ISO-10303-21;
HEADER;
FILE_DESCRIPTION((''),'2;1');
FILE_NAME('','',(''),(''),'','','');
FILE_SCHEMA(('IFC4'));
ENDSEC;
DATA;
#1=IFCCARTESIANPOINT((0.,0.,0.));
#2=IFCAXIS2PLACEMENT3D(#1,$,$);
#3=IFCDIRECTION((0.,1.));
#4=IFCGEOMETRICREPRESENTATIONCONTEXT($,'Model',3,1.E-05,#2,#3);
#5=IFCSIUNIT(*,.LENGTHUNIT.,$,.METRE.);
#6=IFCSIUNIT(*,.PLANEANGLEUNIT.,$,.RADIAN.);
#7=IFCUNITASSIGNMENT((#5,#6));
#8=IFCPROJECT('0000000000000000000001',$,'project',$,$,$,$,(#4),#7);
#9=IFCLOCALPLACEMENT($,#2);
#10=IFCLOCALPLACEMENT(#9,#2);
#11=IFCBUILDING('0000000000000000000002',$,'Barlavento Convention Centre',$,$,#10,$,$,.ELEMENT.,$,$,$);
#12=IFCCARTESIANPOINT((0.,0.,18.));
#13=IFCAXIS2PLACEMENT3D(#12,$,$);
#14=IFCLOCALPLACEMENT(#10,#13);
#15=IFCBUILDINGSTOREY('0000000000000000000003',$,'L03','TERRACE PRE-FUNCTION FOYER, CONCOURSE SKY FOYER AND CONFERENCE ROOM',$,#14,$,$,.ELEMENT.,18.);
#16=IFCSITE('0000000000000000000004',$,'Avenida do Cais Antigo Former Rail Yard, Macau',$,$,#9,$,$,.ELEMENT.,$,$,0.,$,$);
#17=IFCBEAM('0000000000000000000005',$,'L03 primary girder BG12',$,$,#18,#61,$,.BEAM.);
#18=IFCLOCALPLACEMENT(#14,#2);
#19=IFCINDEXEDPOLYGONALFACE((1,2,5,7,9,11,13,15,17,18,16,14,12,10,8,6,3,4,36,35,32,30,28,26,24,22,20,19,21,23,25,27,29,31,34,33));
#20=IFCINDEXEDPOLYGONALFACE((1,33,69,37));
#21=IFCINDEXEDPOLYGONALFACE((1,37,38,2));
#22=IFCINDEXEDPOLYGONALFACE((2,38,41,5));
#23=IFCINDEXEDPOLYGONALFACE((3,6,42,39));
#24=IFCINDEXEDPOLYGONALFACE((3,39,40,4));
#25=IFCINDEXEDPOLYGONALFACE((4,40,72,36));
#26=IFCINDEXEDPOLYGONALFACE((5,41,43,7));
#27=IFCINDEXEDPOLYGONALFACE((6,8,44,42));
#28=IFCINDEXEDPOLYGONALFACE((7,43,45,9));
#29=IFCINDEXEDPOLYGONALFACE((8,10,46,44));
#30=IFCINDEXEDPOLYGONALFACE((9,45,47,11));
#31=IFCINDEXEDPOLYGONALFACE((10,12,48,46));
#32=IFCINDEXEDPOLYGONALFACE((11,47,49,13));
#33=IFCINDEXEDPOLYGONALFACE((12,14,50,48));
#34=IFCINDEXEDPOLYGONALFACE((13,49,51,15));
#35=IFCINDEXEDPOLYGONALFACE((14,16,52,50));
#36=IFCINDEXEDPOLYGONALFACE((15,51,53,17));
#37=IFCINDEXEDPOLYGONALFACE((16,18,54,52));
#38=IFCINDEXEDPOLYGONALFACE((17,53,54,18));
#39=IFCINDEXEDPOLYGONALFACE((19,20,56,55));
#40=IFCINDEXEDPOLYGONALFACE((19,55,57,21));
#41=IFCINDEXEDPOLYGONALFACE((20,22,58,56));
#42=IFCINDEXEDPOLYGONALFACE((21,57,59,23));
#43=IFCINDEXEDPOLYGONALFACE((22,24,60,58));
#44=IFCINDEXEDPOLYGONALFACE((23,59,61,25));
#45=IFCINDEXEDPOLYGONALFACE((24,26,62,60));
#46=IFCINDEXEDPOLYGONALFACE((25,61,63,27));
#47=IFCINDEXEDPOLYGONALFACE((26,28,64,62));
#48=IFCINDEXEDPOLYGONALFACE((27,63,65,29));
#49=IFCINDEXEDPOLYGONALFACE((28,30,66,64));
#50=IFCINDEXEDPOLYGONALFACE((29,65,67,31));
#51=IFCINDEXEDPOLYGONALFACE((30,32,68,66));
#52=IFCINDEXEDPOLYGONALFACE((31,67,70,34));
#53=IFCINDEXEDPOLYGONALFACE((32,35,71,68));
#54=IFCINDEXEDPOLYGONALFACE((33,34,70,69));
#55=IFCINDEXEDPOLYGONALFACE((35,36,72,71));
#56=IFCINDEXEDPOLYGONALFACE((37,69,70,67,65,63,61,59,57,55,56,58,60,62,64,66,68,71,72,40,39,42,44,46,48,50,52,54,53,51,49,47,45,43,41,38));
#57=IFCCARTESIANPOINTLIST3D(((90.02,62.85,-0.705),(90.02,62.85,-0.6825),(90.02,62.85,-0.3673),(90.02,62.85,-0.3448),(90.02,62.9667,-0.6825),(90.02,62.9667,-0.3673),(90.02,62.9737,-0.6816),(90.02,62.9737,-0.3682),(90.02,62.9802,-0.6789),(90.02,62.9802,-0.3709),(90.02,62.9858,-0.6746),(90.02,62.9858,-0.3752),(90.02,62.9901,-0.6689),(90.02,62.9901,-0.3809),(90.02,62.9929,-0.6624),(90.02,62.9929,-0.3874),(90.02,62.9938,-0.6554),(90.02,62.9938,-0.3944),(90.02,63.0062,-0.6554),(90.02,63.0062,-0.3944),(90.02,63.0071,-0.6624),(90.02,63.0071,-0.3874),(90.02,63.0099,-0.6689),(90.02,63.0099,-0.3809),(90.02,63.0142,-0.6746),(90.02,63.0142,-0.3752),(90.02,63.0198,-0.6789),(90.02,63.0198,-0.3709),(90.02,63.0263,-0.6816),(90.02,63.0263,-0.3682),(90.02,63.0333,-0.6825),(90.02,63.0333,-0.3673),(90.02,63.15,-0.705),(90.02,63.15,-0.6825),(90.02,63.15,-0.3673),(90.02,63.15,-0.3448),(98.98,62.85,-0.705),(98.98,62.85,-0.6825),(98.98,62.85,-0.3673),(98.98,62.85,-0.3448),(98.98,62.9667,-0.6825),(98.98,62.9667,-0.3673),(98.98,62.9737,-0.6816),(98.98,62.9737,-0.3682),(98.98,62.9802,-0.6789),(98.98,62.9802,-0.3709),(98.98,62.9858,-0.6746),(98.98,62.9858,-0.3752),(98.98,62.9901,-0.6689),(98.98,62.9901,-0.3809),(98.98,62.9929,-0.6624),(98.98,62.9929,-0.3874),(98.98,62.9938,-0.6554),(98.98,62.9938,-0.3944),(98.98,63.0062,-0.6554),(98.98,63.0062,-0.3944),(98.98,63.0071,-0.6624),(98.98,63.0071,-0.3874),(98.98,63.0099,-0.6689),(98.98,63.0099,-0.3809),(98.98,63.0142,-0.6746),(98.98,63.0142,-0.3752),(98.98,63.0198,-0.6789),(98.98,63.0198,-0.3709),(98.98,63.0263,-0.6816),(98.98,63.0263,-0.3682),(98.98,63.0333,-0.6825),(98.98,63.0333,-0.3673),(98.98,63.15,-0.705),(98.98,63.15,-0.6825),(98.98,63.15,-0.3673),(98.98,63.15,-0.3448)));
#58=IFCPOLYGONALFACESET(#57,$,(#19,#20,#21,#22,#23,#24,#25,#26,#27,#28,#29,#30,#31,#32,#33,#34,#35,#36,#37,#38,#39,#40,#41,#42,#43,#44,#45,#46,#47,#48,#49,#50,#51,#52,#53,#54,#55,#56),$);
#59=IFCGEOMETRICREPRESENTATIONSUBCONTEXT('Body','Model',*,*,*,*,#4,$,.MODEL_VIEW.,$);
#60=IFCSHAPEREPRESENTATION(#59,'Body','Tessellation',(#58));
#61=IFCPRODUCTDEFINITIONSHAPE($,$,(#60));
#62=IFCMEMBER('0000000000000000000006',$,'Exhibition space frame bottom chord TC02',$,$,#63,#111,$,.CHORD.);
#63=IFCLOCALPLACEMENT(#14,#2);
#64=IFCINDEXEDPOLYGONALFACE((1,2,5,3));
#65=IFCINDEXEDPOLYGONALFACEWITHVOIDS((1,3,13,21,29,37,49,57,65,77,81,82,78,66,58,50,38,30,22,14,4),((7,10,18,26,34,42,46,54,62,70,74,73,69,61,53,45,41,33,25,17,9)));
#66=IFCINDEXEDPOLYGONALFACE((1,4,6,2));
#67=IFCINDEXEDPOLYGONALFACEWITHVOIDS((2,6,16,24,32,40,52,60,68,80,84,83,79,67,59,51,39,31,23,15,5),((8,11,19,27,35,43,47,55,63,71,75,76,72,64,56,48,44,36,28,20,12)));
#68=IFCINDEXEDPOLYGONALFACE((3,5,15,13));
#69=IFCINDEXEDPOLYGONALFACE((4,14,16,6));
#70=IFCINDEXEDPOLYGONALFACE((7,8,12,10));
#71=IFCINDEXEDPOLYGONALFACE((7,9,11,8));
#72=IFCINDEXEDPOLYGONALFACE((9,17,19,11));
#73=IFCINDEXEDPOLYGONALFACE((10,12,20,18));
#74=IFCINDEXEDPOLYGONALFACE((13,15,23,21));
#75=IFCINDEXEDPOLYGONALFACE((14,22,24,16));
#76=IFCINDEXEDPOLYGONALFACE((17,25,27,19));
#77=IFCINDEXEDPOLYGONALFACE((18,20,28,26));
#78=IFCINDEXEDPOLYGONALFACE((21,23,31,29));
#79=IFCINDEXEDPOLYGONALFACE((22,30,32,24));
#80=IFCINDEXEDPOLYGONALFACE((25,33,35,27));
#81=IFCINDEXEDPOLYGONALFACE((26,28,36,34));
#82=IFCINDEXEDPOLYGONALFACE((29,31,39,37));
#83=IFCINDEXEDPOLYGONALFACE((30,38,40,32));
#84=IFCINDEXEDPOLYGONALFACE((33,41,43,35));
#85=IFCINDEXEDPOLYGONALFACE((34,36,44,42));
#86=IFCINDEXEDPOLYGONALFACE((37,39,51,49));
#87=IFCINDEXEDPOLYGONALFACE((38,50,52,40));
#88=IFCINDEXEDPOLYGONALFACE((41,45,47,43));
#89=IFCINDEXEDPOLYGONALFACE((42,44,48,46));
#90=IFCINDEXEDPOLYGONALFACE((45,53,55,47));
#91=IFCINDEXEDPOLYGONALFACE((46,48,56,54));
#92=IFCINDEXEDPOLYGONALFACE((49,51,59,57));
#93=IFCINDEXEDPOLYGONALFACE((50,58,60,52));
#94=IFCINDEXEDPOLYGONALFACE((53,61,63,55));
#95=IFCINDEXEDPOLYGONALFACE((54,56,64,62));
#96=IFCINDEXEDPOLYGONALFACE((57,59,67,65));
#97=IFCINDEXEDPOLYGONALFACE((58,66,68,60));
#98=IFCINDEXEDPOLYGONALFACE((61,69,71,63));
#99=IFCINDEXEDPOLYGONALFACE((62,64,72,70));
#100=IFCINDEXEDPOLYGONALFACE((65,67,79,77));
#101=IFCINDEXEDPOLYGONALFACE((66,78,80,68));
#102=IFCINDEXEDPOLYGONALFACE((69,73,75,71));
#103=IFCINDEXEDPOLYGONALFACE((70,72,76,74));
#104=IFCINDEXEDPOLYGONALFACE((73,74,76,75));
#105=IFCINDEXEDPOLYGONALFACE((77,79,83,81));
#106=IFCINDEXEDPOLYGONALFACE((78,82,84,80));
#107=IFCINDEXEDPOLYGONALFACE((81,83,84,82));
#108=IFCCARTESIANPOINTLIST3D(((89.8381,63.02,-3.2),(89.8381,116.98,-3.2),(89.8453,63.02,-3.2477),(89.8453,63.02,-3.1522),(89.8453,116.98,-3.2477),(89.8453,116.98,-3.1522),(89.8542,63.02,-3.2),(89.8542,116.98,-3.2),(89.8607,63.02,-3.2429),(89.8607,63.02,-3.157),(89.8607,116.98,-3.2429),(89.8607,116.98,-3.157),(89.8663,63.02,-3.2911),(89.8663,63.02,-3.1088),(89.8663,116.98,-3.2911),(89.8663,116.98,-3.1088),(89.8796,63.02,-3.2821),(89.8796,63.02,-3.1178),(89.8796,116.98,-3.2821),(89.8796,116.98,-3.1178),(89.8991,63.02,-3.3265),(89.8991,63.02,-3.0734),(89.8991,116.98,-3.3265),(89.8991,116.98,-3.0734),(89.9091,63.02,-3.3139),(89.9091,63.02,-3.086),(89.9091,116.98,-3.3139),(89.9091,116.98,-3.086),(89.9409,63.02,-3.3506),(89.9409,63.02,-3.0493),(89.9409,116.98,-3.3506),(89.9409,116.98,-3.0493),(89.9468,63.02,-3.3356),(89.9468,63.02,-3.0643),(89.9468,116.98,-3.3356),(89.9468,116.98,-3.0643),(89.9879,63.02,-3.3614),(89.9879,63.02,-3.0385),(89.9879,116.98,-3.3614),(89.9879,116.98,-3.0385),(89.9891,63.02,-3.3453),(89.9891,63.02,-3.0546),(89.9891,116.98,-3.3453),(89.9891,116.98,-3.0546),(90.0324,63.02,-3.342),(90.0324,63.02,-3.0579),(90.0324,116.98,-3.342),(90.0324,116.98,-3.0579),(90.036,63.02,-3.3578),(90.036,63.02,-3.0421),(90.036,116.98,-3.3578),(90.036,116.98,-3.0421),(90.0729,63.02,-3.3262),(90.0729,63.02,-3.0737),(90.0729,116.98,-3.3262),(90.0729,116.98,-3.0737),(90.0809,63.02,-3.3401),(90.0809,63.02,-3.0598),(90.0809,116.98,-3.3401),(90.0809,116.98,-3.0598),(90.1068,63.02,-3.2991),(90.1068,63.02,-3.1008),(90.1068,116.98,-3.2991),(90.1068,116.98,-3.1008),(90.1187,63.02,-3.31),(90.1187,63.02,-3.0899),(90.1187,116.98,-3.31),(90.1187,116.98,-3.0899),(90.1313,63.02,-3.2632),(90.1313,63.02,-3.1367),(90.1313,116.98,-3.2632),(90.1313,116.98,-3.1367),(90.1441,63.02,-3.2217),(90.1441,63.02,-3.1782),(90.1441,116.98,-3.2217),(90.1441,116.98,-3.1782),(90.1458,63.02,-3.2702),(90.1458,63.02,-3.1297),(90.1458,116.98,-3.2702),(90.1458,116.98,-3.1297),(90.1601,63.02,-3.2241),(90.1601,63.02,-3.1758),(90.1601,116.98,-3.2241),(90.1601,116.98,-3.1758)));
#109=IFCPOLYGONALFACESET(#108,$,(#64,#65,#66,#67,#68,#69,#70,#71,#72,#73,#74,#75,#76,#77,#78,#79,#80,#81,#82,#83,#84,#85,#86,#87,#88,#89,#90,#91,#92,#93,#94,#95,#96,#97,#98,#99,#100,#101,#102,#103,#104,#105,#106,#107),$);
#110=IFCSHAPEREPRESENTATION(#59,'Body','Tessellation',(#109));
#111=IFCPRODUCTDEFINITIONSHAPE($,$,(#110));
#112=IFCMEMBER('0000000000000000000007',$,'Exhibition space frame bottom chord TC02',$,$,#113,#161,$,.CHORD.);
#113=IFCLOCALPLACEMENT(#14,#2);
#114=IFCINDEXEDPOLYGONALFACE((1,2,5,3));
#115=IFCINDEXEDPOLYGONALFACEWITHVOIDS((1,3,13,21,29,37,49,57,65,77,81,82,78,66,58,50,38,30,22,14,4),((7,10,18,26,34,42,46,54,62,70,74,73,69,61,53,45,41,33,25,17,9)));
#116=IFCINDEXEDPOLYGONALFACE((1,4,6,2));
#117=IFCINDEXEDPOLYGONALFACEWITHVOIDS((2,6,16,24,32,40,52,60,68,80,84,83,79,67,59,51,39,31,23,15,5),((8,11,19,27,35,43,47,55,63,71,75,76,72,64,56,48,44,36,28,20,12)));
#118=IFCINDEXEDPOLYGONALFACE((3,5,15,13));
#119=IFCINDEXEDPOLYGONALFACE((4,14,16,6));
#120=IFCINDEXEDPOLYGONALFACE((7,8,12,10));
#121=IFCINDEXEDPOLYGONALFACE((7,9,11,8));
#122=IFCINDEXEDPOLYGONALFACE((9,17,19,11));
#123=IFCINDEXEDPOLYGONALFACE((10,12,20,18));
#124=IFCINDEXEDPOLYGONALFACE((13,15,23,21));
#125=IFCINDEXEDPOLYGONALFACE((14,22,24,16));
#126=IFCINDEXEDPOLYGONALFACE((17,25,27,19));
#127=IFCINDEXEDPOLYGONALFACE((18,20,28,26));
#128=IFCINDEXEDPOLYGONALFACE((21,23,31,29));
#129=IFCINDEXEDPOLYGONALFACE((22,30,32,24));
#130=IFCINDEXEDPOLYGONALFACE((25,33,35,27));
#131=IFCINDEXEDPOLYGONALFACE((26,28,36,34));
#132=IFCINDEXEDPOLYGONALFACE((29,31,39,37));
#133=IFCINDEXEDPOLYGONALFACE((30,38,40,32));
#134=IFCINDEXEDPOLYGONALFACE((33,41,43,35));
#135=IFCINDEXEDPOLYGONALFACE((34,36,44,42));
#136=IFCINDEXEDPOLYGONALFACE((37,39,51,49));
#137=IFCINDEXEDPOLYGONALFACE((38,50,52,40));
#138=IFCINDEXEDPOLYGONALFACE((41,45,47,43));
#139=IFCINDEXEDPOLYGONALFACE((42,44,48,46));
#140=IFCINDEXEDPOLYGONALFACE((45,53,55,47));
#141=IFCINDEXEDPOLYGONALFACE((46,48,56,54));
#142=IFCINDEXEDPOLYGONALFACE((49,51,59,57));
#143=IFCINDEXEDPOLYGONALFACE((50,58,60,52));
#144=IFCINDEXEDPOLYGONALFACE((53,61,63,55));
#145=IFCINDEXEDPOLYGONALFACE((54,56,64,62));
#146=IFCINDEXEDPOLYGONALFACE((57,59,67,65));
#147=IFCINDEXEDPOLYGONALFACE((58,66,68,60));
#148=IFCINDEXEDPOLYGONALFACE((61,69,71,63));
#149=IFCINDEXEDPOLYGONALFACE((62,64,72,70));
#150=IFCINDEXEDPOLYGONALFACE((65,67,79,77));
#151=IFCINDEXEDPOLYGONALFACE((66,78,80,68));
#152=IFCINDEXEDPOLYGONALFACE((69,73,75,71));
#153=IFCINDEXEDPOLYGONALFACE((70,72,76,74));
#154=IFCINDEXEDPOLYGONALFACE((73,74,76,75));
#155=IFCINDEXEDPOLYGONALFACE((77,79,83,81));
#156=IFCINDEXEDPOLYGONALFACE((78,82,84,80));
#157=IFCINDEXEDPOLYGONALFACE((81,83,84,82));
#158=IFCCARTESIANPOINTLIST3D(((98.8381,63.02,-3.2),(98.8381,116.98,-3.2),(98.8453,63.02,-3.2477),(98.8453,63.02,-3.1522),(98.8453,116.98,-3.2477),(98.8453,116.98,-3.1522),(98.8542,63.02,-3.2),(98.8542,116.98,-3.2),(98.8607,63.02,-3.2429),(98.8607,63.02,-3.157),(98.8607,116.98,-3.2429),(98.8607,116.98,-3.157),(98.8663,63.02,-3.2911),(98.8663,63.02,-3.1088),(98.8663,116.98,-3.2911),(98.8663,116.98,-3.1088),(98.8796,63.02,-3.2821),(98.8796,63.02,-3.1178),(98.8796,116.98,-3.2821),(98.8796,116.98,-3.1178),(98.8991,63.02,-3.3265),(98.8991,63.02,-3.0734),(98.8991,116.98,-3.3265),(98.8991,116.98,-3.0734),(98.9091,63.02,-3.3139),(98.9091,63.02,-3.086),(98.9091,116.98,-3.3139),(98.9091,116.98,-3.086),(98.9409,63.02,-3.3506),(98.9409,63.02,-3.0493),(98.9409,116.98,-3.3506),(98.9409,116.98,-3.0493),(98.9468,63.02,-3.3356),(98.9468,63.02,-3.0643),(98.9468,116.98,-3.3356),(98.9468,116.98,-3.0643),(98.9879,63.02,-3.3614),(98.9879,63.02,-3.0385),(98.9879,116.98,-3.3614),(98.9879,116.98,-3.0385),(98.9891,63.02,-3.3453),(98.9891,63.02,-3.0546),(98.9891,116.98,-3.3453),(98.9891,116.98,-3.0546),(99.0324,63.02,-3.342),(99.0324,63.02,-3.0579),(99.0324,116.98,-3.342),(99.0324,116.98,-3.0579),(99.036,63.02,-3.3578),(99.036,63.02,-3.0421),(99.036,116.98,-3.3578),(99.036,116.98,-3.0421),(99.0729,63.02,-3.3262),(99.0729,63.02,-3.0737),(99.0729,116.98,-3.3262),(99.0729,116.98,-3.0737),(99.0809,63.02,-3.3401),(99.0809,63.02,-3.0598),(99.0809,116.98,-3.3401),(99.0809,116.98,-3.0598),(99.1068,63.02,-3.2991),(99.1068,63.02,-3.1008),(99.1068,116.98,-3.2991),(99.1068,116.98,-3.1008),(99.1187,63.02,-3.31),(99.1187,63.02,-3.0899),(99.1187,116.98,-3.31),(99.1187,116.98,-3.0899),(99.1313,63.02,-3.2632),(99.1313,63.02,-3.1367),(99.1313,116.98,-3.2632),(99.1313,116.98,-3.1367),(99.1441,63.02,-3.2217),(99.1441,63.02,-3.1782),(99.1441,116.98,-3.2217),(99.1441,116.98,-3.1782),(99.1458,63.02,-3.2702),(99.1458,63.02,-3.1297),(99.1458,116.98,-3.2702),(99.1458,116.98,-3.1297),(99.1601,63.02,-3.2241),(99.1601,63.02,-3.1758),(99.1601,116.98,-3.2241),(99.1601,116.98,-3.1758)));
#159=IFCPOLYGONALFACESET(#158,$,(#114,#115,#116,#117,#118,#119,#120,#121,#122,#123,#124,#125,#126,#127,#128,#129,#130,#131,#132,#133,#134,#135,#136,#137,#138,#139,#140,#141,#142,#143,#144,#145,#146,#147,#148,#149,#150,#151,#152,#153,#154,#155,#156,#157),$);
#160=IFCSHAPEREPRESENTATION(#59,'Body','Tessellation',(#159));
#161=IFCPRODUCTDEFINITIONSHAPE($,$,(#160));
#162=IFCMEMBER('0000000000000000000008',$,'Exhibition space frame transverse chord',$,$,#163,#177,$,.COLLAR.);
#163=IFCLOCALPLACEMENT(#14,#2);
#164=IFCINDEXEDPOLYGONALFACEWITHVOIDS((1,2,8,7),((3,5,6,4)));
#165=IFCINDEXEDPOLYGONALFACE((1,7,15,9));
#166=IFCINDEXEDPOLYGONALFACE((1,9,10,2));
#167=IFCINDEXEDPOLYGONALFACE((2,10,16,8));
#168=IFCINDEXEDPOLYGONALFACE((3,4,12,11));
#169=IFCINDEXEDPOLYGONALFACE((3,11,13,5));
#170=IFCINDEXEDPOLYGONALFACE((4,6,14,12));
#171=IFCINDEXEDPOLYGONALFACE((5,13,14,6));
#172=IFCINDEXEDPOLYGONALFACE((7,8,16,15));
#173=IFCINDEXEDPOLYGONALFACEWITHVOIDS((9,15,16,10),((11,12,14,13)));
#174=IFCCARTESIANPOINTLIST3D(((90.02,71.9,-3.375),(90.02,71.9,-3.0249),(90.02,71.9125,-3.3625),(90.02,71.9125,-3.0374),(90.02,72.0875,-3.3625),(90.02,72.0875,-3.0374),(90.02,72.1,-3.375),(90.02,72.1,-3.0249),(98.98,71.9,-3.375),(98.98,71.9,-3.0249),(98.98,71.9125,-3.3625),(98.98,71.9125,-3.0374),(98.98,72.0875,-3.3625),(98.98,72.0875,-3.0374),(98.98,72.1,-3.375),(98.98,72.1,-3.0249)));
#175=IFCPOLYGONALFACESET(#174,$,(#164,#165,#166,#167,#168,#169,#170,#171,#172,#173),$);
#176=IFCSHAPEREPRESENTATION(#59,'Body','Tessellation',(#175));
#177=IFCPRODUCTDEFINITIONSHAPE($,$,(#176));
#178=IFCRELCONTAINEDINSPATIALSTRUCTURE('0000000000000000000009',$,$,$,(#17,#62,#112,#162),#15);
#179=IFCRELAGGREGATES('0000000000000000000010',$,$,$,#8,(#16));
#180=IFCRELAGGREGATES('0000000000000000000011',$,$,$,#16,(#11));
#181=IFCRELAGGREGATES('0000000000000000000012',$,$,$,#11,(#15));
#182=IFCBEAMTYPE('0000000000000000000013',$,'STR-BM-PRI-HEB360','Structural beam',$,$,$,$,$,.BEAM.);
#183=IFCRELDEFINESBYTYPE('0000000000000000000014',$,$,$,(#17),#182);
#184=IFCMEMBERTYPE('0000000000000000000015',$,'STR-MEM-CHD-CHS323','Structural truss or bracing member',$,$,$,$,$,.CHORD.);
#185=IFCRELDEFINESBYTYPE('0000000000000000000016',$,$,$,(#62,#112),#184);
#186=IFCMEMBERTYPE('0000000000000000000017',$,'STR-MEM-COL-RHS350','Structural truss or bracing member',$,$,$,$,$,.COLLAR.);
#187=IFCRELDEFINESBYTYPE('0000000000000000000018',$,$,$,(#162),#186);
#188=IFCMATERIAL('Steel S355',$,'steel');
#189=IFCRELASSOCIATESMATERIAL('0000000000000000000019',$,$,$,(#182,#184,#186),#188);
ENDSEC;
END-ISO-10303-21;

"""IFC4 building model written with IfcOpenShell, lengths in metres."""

from ifc_helpers import new_model, si_unit, direction, frame, origin, origin_2d, place, context, subcontext, project, spatial, hollow_rectangle, hollow_circle, i_section, extrude, material, material_profile, profile_set, type_object, element, save


model = new_model("IFC4")

# Units and contexts
model_context = context("Model", 3, precision=1e-05, world=origin(), true_north=direction((0.0, 1.0)))
body_context = subcontext(model_context, "Body", "Model", "MODEL_VIEW")
ifc_project = project(units=[si_unit("LENGTHUNIT", "METRE"), si_unit("PLANEANGLEUNIT", "RADIAN")], contexts=[model_context])

# Site, building, storey
site_placement = place(None, origin())
site = spatial("IfcSite", under=ifc_project, at=site_placement, Name="Avenida do Cais Antigo Former Rail Yard, Macau", CompositionType="ELEMENT", RefElevation=0.0)
building_placement = place(site_placement, origin())
building = spatial("IfcBuilding", under=site, at=building_placement, Name="Barlavento Convention Centre", CompositionType="ELEMENT")
storey_placement = place(building_placement, frame((0.0, 0.0, 18.0)))
storey = spatial("IfcBuildingStorey", under=building, at=storey_placement, Name="L03", Description="TERRACE PRE-FUNCTION FOYER, CONCOURSE SKY FOYER AND CONFERENCE ROOM", CompositionType="ELEMENT", Elevation=18.0)

# Beam
ifc_material_1 = material(Name="Steel S355", Category="steel")
ifc_material_profile_1 = material_profile(ifc_material_1, i_section(OverallWidth=0.3, OverallDepth=0.3601, WebThickness=0.0125, FlangeThickness=0.0225, FilletRadius=0.0271, at=origin_2d()), Name="HEB 360")
ifc_profile_set_1 = profile_set([ifc_material_profile_1], Name="Steel S355")
beam_type_1 = type_object("IfcBeamType", Name="STR-BM-PRI-HEB360", Description="Structural beam", PredefinedType="BEAM", material=ifc_profile_set_1)
beam_1_placement = place(storey_placement, frame((90.02, 63.0, -0.5249), z_axis=(1.0, 0.0, 0.0), x_axis=(0.0, 1.0, 0.0)))
element("IfcBeam", 1, at=beam_1_placement, inside=storey, type_object=beam_type_1, Name="L03 primary girder BG12", PredefinedType="BEAM", context=body_context, shape_type="SweptSolid", body=[
    extrude(i_section(OverallWidth=0.3, OverallDepth=0.3601, WebThickness=0.0125, FlangeThickness=0.0225, FilletRadius=0.0271, at=origin_2d()), origin(), (0.0, 0.0, 1.0), 8.96),
])

# Members
ifc_material_profile_2 = material_profile(ifc_material_1, hollow_circle(Radius=0.1619, WallThickness=0.0161, at=origin_2d()), Name="CHS 323.9x16.0")
ifc_profile_set_2 = profile_set([ifc_material_profile_2], Name="Steel S355")
member_type_1 = type_object("IfcMemberType", Name="STR-MEM-CHD-CHS323", Description="Structural truss or bracing member", PredefinedType="CHORD", material=ifc_profile_set_2)
for number, where, z_axis, x_axis, name in (
    (2, (90.0, 63.02, -3.2), (0.0, 1.0, 0.0), (-1.0, 0.0, 0.0), "Exhibition space frame bottom chord TC02"),
    (3, (99.0, 63.02, -3.2), (0.0, 1.0, 0.0), (-1.0, 0.0, 0.0), "Exhibition space frame bottom chord TC02"),
):
    element("IfcMember", number, at=place(storey_placement, frame(where, z_axis=z_axis, x_axis=x_axis)), inside=storey, type_object=member_type_1, Name=name, PredefinedType="CHORD", context=body_context, shape_type="SweptSolid", body=[
        extrude(hollow_circle(Radius=0.1619, WallThickness=0.0161, at=origin_2d()), origin(), (0.0, 0.0, 1.0), 53.96),
    ])
ifc_material_profile_3 = material_profile(ifc_material_1, hollow_rectangle(XDim=0.2, YDim=0.3501, WallThickness=0.0125, at=origin_2d()), Name="RHS 350x200x12.5")
ifc_profile_set_3 = profile_set([ifc_material_profile_3], Name="Steel S355")
member_type_2 = type_object("IfcMemberType", Name="STR-MEM-COL-RHS350", Description="Structural truss or bracing member", PredefinedType="COLLAR", material=ifc_profile_set_3)
member_1_placement = place(storey_placement, frame((90.02, 72.0, -3.2), z_axis=(1.0, 0.0, 0.0), x_axis=(0.0, 1.0, 0.0)))
element("IfcMember", 4, at=member_1_placement, inside=storey, type_object=member_type_2, Name="Exhibition space frame transverse chord", PredefinedType="COLLAR", context=body_context, shape_type="SweptSolid", body=[
    extrude(hollow_rectangle(XDim=0.2, YDim=0.3501, WallThickness=0.0125, at=origin_2d()), origin(), (0.0, 0.0, 1.0), 8.96),
])

save(model, "model.ifc")
